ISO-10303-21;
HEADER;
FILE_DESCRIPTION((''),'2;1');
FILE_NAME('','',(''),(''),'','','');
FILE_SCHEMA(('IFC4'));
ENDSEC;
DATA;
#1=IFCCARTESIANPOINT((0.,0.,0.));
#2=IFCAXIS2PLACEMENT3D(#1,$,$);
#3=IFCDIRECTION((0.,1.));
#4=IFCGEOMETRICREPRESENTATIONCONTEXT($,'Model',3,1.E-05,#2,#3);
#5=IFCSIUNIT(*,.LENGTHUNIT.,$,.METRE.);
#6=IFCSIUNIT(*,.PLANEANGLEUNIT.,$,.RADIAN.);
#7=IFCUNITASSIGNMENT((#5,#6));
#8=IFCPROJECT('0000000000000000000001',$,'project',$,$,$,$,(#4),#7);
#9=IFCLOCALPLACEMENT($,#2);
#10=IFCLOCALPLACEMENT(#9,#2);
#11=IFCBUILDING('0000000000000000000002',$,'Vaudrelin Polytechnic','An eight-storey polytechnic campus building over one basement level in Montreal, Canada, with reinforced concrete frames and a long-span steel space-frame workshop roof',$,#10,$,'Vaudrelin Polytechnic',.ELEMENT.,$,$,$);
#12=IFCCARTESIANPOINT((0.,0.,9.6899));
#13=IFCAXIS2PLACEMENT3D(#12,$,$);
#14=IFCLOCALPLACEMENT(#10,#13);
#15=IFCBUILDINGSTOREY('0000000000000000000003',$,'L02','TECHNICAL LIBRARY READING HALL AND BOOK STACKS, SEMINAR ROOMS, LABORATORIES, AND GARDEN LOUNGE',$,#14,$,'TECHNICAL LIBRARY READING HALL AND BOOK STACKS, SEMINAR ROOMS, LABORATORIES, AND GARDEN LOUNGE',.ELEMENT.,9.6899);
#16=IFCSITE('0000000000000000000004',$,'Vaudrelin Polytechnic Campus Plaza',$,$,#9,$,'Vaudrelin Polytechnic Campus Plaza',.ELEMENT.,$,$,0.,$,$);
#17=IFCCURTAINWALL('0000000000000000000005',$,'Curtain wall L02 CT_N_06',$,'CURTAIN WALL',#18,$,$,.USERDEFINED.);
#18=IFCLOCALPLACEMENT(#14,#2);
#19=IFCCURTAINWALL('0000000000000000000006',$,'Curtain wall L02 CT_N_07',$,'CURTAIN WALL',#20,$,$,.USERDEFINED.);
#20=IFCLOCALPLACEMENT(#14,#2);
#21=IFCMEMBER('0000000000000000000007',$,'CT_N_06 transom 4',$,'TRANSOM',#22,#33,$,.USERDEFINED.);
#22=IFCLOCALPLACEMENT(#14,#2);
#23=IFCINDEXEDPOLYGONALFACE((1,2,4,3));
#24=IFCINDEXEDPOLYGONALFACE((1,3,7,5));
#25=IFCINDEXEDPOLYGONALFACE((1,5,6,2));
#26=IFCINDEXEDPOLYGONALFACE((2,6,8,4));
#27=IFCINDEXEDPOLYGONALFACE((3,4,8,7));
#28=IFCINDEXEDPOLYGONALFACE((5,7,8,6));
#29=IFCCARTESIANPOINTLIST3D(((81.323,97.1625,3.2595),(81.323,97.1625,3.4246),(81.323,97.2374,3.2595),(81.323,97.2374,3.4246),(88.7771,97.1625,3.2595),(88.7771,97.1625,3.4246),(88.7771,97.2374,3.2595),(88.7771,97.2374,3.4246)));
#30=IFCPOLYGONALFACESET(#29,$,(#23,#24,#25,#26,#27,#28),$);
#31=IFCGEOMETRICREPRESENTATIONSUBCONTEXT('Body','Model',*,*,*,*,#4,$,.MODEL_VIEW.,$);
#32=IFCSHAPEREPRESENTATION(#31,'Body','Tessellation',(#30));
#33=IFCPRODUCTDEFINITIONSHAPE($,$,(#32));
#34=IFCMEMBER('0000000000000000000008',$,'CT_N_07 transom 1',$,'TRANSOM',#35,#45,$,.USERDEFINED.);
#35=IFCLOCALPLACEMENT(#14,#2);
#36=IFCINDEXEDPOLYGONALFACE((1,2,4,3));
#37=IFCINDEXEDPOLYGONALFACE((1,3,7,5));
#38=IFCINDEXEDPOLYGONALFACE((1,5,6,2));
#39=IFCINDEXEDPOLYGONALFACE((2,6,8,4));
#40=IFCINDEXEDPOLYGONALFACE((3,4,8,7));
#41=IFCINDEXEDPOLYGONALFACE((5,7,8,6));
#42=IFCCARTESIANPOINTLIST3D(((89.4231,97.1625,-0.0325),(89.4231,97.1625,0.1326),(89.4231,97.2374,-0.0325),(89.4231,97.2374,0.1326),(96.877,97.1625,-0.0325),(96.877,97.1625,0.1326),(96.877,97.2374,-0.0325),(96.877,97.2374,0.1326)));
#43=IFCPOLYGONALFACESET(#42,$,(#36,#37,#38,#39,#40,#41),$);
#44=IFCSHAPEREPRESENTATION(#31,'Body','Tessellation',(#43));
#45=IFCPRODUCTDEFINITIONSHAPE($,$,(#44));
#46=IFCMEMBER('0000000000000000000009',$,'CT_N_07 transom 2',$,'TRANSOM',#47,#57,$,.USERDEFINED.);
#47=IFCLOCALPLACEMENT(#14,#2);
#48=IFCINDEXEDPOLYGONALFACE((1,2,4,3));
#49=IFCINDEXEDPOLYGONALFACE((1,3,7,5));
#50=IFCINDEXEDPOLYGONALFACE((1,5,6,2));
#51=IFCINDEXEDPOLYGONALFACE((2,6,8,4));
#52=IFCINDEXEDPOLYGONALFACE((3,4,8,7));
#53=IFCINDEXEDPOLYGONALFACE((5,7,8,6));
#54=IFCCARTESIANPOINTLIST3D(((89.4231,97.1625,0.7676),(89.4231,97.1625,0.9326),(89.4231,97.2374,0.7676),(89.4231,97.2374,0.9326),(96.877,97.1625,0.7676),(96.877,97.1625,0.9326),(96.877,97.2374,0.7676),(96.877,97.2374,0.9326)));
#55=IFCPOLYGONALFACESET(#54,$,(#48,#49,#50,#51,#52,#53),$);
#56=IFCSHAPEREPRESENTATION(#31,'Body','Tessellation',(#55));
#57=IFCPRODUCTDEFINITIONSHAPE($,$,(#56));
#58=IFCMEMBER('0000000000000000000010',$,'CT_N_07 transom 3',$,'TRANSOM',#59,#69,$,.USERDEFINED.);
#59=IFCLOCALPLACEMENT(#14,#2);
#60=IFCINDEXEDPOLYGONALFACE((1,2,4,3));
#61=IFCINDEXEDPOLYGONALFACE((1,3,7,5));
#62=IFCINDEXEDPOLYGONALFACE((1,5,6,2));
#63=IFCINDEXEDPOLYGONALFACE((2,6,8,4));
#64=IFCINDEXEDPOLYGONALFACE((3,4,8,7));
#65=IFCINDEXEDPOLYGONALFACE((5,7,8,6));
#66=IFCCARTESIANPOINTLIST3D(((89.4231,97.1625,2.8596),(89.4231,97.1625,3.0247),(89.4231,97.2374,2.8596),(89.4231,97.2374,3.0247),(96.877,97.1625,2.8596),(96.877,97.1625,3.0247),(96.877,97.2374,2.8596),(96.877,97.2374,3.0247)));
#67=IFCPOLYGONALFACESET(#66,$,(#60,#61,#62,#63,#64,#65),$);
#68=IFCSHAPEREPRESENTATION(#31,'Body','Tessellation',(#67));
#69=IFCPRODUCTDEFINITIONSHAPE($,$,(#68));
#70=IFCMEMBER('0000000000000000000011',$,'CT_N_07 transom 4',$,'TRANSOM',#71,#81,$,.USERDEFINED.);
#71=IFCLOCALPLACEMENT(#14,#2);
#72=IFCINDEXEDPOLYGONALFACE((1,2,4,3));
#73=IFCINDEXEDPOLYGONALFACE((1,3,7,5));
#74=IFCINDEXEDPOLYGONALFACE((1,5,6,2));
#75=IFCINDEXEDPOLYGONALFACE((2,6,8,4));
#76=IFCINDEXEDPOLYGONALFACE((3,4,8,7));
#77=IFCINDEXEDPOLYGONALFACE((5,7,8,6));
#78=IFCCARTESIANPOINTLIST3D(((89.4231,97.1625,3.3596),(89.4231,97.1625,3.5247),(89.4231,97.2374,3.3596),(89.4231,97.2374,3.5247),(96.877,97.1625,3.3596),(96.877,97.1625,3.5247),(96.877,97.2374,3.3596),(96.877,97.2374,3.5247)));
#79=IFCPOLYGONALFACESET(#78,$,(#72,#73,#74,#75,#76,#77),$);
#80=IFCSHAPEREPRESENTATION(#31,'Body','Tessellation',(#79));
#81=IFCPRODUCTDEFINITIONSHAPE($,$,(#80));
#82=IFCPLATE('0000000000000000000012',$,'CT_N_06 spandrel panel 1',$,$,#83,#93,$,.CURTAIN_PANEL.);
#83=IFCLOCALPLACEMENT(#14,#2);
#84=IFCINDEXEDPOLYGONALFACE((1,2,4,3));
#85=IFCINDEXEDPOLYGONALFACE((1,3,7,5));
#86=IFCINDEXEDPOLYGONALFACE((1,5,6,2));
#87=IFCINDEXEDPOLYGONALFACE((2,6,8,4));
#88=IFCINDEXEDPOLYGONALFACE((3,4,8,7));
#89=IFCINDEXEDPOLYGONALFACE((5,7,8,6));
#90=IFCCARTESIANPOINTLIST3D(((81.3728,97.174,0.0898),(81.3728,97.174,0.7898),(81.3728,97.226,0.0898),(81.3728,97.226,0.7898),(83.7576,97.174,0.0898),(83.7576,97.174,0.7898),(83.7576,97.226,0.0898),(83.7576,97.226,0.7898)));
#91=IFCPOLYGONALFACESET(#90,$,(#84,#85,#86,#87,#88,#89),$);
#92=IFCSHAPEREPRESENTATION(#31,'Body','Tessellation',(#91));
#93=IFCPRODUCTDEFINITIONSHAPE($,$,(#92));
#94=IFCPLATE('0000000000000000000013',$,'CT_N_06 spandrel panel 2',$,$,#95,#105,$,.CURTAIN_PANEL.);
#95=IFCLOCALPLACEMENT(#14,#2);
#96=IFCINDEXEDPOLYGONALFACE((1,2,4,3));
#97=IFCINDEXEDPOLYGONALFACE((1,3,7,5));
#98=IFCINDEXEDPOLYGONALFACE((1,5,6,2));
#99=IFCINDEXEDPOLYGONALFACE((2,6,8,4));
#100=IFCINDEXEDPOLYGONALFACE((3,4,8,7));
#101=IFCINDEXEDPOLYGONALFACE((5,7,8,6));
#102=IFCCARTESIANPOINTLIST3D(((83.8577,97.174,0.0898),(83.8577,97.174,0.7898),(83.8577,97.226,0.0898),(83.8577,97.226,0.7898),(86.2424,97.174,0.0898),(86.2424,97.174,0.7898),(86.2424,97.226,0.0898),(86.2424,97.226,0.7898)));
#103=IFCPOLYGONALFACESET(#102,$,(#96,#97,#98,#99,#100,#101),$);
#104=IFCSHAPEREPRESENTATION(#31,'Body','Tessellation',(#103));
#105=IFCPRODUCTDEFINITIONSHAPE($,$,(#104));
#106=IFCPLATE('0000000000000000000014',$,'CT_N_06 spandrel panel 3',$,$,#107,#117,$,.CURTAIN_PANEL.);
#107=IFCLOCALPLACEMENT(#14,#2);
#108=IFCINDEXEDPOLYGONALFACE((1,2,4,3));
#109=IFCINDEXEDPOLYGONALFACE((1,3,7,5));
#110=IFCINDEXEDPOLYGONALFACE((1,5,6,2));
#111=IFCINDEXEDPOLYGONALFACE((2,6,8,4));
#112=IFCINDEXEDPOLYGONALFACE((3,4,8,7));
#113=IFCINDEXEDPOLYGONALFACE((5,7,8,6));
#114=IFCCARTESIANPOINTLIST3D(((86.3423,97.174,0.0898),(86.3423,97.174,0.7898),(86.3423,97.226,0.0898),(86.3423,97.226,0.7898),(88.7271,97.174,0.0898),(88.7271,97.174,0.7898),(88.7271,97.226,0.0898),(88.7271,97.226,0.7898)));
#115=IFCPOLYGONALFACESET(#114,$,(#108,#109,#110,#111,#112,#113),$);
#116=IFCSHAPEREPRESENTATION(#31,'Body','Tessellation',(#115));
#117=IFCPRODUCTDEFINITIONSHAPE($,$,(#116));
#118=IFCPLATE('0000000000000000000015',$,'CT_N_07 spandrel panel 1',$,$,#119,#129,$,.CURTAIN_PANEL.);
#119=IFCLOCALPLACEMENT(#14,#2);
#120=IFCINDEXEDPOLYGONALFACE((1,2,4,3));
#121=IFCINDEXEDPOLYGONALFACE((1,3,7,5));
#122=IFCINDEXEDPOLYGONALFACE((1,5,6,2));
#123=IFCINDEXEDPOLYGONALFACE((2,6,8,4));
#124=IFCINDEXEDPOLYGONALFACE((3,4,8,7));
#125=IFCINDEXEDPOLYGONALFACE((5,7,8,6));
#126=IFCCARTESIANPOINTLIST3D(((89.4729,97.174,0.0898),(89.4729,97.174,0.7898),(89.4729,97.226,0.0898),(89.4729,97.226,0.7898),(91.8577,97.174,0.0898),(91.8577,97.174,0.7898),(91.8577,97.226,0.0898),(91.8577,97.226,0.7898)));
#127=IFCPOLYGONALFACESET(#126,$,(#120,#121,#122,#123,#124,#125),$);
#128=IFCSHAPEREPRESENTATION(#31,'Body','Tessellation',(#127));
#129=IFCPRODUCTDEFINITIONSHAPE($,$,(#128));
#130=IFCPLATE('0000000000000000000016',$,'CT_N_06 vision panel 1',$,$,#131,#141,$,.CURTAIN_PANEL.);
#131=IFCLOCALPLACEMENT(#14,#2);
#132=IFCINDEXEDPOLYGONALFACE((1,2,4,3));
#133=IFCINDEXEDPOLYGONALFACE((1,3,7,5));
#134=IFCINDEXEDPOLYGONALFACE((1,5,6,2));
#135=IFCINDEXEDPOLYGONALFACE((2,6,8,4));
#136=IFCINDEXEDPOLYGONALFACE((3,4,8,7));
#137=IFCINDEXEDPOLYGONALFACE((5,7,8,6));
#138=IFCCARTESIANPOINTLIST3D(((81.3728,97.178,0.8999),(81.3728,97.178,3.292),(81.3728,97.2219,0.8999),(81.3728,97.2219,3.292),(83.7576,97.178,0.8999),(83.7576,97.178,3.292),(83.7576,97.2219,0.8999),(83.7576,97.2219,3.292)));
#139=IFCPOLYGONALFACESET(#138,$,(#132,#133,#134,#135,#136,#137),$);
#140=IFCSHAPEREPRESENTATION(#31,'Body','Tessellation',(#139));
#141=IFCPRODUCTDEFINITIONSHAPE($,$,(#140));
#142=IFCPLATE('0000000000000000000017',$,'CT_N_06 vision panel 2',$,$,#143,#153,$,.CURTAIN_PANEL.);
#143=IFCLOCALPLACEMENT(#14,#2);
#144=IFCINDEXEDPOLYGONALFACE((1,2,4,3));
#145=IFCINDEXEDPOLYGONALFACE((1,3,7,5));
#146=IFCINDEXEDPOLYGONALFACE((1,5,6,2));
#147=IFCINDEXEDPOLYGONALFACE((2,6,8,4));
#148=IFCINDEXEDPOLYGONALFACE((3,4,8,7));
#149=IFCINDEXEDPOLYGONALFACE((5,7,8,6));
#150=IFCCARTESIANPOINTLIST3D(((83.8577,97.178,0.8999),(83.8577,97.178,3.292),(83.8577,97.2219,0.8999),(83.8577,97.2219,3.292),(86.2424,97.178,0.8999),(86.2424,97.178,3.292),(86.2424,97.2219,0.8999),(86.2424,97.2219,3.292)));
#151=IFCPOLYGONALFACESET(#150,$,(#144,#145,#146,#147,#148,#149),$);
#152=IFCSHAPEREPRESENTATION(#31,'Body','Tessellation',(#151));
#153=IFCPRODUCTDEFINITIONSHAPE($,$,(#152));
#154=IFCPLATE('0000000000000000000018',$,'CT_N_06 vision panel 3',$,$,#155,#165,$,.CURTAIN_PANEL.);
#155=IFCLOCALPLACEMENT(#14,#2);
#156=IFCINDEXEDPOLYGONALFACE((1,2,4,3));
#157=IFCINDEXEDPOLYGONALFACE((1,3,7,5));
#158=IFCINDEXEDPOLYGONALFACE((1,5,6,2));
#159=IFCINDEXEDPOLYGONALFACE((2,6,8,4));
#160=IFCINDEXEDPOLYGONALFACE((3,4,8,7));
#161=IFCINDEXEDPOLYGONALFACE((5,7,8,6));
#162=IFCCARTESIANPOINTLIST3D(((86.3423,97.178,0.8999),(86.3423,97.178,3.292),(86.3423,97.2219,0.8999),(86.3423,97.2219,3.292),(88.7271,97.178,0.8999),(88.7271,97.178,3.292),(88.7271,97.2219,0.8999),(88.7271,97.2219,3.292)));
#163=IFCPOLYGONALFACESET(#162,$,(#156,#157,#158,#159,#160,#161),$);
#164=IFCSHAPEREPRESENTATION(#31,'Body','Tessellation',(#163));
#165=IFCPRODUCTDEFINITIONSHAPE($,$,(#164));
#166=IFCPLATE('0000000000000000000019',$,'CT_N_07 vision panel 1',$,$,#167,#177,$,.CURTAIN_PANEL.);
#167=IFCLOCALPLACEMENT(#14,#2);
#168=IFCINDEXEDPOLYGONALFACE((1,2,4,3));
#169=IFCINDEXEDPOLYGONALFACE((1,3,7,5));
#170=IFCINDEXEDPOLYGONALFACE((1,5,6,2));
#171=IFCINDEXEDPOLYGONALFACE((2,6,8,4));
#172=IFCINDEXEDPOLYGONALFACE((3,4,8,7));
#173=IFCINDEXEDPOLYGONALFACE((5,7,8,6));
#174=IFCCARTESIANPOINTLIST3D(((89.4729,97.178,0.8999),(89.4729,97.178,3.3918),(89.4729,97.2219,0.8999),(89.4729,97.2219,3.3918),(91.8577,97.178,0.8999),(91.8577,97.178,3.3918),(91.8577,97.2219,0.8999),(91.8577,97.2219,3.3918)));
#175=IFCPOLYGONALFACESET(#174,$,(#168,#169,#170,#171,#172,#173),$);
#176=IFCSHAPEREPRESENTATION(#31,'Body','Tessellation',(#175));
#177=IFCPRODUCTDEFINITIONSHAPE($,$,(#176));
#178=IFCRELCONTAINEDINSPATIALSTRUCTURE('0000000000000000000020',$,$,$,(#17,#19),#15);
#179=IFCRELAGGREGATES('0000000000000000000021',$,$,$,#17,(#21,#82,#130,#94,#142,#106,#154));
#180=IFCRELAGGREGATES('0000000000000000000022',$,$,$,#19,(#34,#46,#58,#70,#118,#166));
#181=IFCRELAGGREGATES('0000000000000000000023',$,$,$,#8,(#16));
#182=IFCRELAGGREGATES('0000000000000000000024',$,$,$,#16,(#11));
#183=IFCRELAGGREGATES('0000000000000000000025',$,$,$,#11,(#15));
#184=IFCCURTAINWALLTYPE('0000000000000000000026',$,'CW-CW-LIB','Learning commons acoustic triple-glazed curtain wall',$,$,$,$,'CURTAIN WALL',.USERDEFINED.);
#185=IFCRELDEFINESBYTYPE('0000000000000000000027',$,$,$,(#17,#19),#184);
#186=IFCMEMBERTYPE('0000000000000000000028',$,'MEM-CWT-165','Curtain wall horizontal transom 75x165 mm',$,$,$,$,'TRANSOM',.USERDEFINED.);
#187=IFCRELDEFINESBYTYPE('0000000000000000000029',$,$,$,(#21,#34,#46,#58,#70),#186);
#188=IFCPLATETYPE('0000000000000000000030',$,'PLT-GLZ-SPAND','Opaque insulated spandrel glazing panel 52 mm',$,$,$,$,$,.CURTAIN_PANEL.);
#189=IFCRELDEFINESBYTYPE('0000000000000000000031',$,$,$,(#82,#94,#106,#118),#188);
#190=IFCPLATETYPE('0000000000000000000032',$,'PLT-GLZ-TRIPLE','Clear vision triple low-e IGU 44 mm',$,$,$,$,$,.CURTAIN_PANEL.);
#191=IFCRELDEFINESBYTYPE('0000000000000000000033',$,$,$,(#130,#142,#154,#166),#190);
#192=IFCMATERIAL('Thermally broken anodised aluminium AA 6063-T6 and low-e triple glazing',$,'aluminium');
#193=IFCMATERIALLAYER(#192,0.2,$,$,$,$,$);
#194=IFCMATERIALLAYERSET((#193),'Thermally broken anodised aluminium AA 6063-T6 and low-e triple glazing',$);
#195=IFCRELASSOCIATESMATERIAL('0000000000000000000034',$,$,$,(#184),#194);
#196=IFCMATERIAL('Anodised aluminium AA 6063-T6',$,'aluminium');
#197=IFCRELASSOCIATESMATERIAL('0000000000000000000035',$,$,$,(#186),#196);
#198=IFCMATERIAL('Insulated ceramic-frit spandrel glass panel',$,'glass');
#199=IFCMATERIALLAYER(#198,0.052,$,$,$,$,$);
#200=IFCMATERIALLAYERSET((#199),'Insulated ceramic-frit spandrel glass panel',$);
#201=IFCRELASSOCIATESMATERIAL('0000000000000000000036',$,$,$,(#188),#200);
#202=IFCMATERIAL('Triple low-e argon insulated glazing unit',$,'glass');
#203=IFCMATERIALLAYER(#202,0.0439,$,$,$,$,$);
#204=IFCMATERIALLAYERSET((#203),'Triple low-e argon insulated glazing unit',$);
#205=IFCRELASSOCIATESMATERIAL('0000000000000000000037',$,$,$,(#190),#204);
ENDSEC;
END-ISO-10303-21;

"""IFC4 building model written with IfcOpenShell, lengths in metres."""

from ifc_helpers import new_model, si_unit, direction, frame, origin, origin_2d, place, context, subcontext, project, spatial, rectangle, extrude, material, layer, layer_set, material_profile, profile_set, type_object, element, aggregate, save


model = new_model("IFC4")

# Units and contexts
model_context = context("Model", 3, precision=1e-05, world=origin(), true_north=direction((0.0, 1.0)))
body_context = subcontext(model_context, "Body", "Model", "MODEL_VIEW")
ifc_project = project(units=[si_unit("LENGTHUNIT", "METRE"), si_unit("PLANEANGLEUNIT", "RADIAN")], contexts=[model_context])

# Site, building, storey
site_placement = place(None, origin())
site = spatial("IfcSite", under=ifc_project, at=site_placement, Name="Vaudrelin Polytechnic Campus Plaza", LongName="Vaudrelin Polytechnic Campus Plaza", CompositionType="ELEMENT", RefElevation=0.0)
building_placement = place(site_placement, origin())
building = spatial("IfcBuilding", under=site, at=building_placement, Name="Vaudrelin Polytechnic", Description="An eight-storey polytechnic campus building over one basement level in Montreal, Canada, with reinforced concrete frames and a long-span steel space-frame workshop roof", LongName="Vaudrelin Polytechnic", CompositionType="ELEMENT")
storey_placement = place(building_placement, frame((0.0, 0.0, 9.6899)))
storey = spatial("IfcBuildingStorey", under=building, at=storey_placement, Name="L02", Description="TECHNICAL LIBRARY READING HALL AND BOOK STACKS, SEMINAR ROOMS, LABORATORIES, AND GARDEN LOUNGE", LongName="TECHNICAL LIBRARY READING HALL AND BOOK STACKS, SEMINAR ROOMS, LABORATORIES, AND GARDEN LOUNGE", CompositionType="ELEMENT", Elevation=9.6899)

# Curtain walls
ifc_material_1 = material(Name="Thermally broken anodised aluminium AA 6063-T6 and low-e triple glazing", Category="aluminium")
ifc_layer_1 = layer(ifc_material_1, 0.2)
ifc_layer_set_1 = layer_set([ifc_layer_1], Name="Thermally broken anodised aluminium AA 6063-T6 and low-e triple glazing")
curtain_wall_type = type_object("IfcCurtainWallType", Name="CW-CW-LIB", Description="Learning commons acoustic triple-glazed curtain wall", ElementType="CURTAIN WALL", PredefinedType="USERDEFINED", material=ifc_layer_set_1)
curtain_wall_1_placement = place(storey_placement, origin())
curtain_wall_1 = element("IfcCurtainWall", 1, at=curtain_wall_1_placement, inside=storey, type_object=curtain_wall_type, Name="Curtain wall L02 CT_N_06", ObjectType="CURTAIN WALL", PredefinedType="USERDEFINED")
ifc_material_2 = material(Name="Anodised aluminium AA 6063-T6", Category="aluminium")
curtain_wall_2_placement = place(storey_placement, origin())
curtain_wall_2 = element("IfcCurtainWall", 2, at=curtain_wall_2_placement, inside=storey, type_object=curtain_wall_type, Name="Curtain wall L02 CT_N_07", ObjectType="CURTAIN WALL", PredefinedType="USERDEFINED")

# Members
ifc_material_profile_1 = material_profile(ifc_material_2, rectangle(XDim=0.075, YDim=0.165, at=origin_2d()), Name="CWT-75x165")
ifc_profile_set_1 = profile_set([ifc_material_profile_1], Name="Anodised aluminium AA 6063-T6")
member_type_1 = type_object("IfcMemberType", Name="MEM-CWT-165", Description="Curtain wall horizontal transom 75x165 mm", ElementType="TRANSOM", PredefinedType="USERDEFINED", material=ifc_profile_set_1)
member_1_placement = place(storey_placement, frame((81.323, 97.2, 3.342), z_axis=(1.0, 0.0, 0.0), x_axis=(0.0, 1.0, 0.0)))
member_1 = element("IfcMember", 3, at=member_1_placement, type_object=member_type_1, Name="CT_N_06 transom 4", ObjectType="TRANSOM", PredefinedType="USERDEFINED", context=body_context, shape_type="SweptSolid", body=[
    extrude(rectangle(XDim=0.075, YDim=0.165, at=origin_2d()), origin(), (0.0, 0.0, 1.0), 7.4541),
])
member_2_placement = place(storey_placement, frame((89.4231, 97.2, 0.05), z_axis=(1.0, 0.0, 0.0), x_axis=(0.0, 1.0, 0.0)))
member_2 = element("IfcMember", 4, at=member_2_placement, type_object=member_type_1, Name="CT_N_07 transom 1", ObjectType="TRANSOM", PredefinedType="USERDEFINED", context=body_context, shape_type="SweptSolid", body=[
    extrude(rectangle(XDim=0.075, YDim=0.165, at=origin_2d()), origin(), (0.0, 0.0, 1.0), 7.4539),
])
member_3_placement = place(storey_placement, frame((89.4231, 97.2, 0.8501), z_axis=(1.0, 0.0, 0.0), x_axis=(0.0, 1.0, 0.0)))
member_3 = element("IfcMember", 5, at=member_3_placement, type_object=member_type_1, Name="CT_N_07 transom 2", ObjectType="TRANSOM", PredefinedType="USERDEFINED", context=body_context, shape_type="SweptSolid", body=[
    extrude(rectangle(XDim=0.075, YDim=0.165, at=origin_2d()), origin(), (0.0, 0.0, 1.0), 7.4539),
])
member_4_placement = place(storey_placement, frame((89.4231, 97.2, 2.9421), z_axis=(1.0, 0.0, 0.0), x_axis=(0.0, 1.0, 0.0)))
member_4 = element("IfcMember", 6, at=member_4_placement, type_object=member_type_1, Name="CT_N_07 transom 3", ObjectType="TRANSOM", PredefinedType="USERDEFINED", context=body_context, shape_type="SweptSolid", body=[
    extrude(rectangle(XDim=0.075, YDim=0.165, at=origin_2d()), origin(), (0.0, 0.0, 1.0), 7.4539),
])
member_5_placement = place(storey_placement, frame((89.4231, 97.2, 3.4421), z_axis=(1.0, 0.0, 0.0), x_axis=(0.0, 1.0, 0.0)))
member_5 = element("IfcMember", 7, at=member_5_placement, type_object=member_type_1, Name="CT_N_07 transom 4", ObjectType="TRANSOM", PredefinedType="USERDEFINED", context=body_context, shape_type="SweptSolid", body=[
    extrude(rectangle(XDim=0.075, YDim=0.165, at=origin_2d()), origin(), (0.0, 0.0, 1.0), 7.4539),
])

# Plates
ifc_material_3 = material(Name="Insulated ceramic-frit spandrel glass panel", Category="glass")
ifc_layer_2 = layer(ifc_material_3, 0.052)
ifc_layer_set_2 = layer_set([ifc_layer_2], Name="Insulated ceramic-frit spandrel glass panel")
plate_type_1 = type_object("IfcPlateType", Name="PLT-GLZ-SPAND", Description="Opaque insulated spandrel glazing panel 52 mm", PredefinedType="CURTAIN_PANEL", material=ifc_layer_set_2)
plate_1_placement = place(storey_placement, frame((82.5652, 97.2, 0.0898), z_axis=(0.0, 0.0, 1.0), x_axis=(1.0, 0.0, 0.0)))
plate_1 = element("IfcPlate", 8, at=plate_1_placement, type_object=plate_type_1, Name="CT_N_06 spandrel panel 1", PredefinedType="CURTAIN_PANEL", context=body_context, shape_type="SweptSolid", body=[
    extrude(rectangle(XDim=2.3848, YDim=0.052, at=origin_2d()), origin(), (0.0, 0.0, 1.0), 0.7),
])
plate_2_placement = place(storey_placement, frame((85.05, 97.2, 0.0898), z_axis=(0.0, 0.0, 1.0), x_axis=(1.0, 0.0, 0.0)))
plate_2 = element("IfcPlate", 9, at=plate_2_placement, type_object=plate_type_1, Name="CT_N_06 spandrel panel 2", PredefinedType="CURTAIN_PANEL", context=body_context, shape_type="SweptSolid", body=[
    extrude(rectangle(XDim=2.3848, YDim=0.052, at=origin_2d()), origin(), (0.0, 0.0, 1.0), 0.7),
])
plate_3_placement = place(storey_placement, frame((87.5347, 97.2, 0.0898), z_axis=(0.0, 0.0, 1.0), x_axis=(1.0, 0.0, 0.0)))
plate_3 = element("IfcPlate", 10, at=plate_3_placement, type_object=plate_type_1, Name="CT_N_06 spandrel panel 3", PredefinedType="CURTAIN_PANEL", context=body_context, shape_type="SweptSolid", body=[
    extrude(rectangle(XDim=2.3848, YDim=0.052, at=origin_2d()), origin(), (0.0, 0.0, 1.0), 0.7),
])
plate_4_placement = place(storey_placement, frame((90.6653, 97.2, 0.0898), z_axis=(0.0, 0.0, 1.0), x_axis=(1.0, 0.0, 0.0)))
plate_4 = element("IfcPlate", 11, at=plate_4_placement, type_object=plate_type_1, Name="CT_N_07 spandrel panel 1", PredefinedType="CURTAIN_PANEL", context=body_context, shape_type="SweptSolid", body=[
    extrude(rectangle(XDim=2.3848, YDim=0.052, at=origin_2d()), origin(), (0.0, 0.0, 1.0), 0.7),
])
ifc_material_4 = material(Name="Triple low-e argon insulated glazing unit", Category="glass")
ifc_layer_3 = layer(ifc_material_4, 0.0439)
ifc_layer_set_3 = layer_set([ifc_layer_3], Name="Triple low-e argon insulated glazing unit")
plate_type_2 = type_object("IfcPlateType", Name="PLT-GLZ-TRIPLE", Description="Clear vision triple low-e IGU 44 mm", PredefinedType="CURTAIN_PANEL", material=ifc_layer_set_3)
plate_5_placement = place(storey_placement, frame((82.5652, 97.2, 0.8999), z_axis=(0.0, 0.0, 1.0), x_axis=(1.0, 0.0, 0.0)))
plate_5 = element("IfcPlate", 12, at=plate_5_placement, type_object=plate_type_2, Name="CT_N_06 vision panel 1", PredefinedType="CURTAIN_PANEL", context=body_context, shape_type="SweptSolid", body=[
    extrude(rectangle(XDim=2.3848, YDim=0.0439, at=origin_2d()), origin(), (0.0, 0.0, 1.0), 2.3921),
])
plate_6_placement = place(storey_placement, frame((85.05, 97.2, 0.8999), z_axis=(0.0, 0.0, 1.0), x_axis=(1.0, 0.0, 0.0)))
plate_6 = element("IfcPlate", 13, at=plate_6_placement, type_object=plate_type_2, Name="CT_N_06 vision panel 2", PredefinedType="CURTAIN_PANEL", context=body_context, shape_type="SweptSolid", body=[
    extrude(rectangle(XDim=2.3848, YDim=0.0439, at=origin_2d()), origin(), (0.0, 0.0, 1.0), 2.3921),
])
plate_7_placement = place(storey_placement, frame((87.5347, 97.2, 0.8999), z_axis=(0.0, 0.0, 1.0), x_axis=(1.0, 0.0, 0.0)))
plate_7 = element("IfcPlate", 14, at=plate_7_placement, type_object=plate_type_2, Name="CT_N_06 vision panel 3", PredefinedType="CURTAIN_PANEL", context=body_context, shape_type="SweptSolid", body=[
    extrude(rectangle(XDim=2.3848, YDim=0.0439, at=origin_2d()), origin(), (0.0, 0.0, 1.0), 2.3921),
])
aggregate(curtain_wall_1, [member_1, plate_1, plate_5, plate_2, plate_6, plate_3, plate_7])
plate_8_placement = place(storey_placement, frame((90.6653, 97.2, 0.8999), z_axis=(0.0, 0.0, 1.0), x_axis=(1.0, 0.0, 0.0)))
plate_8 = element("IfcPlate", 15, at=plate_8_placement, type_object=plate_type_2, Name="CT_N_07 vision panel 1", PredefinedType="CURTAIN_PANEL", context=body_context, shape_type="SweptSolid", body=[
    extrude(rectangle(XDim=2.3848, YDim=0.0439, at=origin_2d()), origin(), (0.0, 0.0, 1.0), 2.4919),
])
aggregate(curtain_wall_2, [member_2, member_3, member_4, member_5, plate_4, plate_8])

save(model, "model.ifc")
